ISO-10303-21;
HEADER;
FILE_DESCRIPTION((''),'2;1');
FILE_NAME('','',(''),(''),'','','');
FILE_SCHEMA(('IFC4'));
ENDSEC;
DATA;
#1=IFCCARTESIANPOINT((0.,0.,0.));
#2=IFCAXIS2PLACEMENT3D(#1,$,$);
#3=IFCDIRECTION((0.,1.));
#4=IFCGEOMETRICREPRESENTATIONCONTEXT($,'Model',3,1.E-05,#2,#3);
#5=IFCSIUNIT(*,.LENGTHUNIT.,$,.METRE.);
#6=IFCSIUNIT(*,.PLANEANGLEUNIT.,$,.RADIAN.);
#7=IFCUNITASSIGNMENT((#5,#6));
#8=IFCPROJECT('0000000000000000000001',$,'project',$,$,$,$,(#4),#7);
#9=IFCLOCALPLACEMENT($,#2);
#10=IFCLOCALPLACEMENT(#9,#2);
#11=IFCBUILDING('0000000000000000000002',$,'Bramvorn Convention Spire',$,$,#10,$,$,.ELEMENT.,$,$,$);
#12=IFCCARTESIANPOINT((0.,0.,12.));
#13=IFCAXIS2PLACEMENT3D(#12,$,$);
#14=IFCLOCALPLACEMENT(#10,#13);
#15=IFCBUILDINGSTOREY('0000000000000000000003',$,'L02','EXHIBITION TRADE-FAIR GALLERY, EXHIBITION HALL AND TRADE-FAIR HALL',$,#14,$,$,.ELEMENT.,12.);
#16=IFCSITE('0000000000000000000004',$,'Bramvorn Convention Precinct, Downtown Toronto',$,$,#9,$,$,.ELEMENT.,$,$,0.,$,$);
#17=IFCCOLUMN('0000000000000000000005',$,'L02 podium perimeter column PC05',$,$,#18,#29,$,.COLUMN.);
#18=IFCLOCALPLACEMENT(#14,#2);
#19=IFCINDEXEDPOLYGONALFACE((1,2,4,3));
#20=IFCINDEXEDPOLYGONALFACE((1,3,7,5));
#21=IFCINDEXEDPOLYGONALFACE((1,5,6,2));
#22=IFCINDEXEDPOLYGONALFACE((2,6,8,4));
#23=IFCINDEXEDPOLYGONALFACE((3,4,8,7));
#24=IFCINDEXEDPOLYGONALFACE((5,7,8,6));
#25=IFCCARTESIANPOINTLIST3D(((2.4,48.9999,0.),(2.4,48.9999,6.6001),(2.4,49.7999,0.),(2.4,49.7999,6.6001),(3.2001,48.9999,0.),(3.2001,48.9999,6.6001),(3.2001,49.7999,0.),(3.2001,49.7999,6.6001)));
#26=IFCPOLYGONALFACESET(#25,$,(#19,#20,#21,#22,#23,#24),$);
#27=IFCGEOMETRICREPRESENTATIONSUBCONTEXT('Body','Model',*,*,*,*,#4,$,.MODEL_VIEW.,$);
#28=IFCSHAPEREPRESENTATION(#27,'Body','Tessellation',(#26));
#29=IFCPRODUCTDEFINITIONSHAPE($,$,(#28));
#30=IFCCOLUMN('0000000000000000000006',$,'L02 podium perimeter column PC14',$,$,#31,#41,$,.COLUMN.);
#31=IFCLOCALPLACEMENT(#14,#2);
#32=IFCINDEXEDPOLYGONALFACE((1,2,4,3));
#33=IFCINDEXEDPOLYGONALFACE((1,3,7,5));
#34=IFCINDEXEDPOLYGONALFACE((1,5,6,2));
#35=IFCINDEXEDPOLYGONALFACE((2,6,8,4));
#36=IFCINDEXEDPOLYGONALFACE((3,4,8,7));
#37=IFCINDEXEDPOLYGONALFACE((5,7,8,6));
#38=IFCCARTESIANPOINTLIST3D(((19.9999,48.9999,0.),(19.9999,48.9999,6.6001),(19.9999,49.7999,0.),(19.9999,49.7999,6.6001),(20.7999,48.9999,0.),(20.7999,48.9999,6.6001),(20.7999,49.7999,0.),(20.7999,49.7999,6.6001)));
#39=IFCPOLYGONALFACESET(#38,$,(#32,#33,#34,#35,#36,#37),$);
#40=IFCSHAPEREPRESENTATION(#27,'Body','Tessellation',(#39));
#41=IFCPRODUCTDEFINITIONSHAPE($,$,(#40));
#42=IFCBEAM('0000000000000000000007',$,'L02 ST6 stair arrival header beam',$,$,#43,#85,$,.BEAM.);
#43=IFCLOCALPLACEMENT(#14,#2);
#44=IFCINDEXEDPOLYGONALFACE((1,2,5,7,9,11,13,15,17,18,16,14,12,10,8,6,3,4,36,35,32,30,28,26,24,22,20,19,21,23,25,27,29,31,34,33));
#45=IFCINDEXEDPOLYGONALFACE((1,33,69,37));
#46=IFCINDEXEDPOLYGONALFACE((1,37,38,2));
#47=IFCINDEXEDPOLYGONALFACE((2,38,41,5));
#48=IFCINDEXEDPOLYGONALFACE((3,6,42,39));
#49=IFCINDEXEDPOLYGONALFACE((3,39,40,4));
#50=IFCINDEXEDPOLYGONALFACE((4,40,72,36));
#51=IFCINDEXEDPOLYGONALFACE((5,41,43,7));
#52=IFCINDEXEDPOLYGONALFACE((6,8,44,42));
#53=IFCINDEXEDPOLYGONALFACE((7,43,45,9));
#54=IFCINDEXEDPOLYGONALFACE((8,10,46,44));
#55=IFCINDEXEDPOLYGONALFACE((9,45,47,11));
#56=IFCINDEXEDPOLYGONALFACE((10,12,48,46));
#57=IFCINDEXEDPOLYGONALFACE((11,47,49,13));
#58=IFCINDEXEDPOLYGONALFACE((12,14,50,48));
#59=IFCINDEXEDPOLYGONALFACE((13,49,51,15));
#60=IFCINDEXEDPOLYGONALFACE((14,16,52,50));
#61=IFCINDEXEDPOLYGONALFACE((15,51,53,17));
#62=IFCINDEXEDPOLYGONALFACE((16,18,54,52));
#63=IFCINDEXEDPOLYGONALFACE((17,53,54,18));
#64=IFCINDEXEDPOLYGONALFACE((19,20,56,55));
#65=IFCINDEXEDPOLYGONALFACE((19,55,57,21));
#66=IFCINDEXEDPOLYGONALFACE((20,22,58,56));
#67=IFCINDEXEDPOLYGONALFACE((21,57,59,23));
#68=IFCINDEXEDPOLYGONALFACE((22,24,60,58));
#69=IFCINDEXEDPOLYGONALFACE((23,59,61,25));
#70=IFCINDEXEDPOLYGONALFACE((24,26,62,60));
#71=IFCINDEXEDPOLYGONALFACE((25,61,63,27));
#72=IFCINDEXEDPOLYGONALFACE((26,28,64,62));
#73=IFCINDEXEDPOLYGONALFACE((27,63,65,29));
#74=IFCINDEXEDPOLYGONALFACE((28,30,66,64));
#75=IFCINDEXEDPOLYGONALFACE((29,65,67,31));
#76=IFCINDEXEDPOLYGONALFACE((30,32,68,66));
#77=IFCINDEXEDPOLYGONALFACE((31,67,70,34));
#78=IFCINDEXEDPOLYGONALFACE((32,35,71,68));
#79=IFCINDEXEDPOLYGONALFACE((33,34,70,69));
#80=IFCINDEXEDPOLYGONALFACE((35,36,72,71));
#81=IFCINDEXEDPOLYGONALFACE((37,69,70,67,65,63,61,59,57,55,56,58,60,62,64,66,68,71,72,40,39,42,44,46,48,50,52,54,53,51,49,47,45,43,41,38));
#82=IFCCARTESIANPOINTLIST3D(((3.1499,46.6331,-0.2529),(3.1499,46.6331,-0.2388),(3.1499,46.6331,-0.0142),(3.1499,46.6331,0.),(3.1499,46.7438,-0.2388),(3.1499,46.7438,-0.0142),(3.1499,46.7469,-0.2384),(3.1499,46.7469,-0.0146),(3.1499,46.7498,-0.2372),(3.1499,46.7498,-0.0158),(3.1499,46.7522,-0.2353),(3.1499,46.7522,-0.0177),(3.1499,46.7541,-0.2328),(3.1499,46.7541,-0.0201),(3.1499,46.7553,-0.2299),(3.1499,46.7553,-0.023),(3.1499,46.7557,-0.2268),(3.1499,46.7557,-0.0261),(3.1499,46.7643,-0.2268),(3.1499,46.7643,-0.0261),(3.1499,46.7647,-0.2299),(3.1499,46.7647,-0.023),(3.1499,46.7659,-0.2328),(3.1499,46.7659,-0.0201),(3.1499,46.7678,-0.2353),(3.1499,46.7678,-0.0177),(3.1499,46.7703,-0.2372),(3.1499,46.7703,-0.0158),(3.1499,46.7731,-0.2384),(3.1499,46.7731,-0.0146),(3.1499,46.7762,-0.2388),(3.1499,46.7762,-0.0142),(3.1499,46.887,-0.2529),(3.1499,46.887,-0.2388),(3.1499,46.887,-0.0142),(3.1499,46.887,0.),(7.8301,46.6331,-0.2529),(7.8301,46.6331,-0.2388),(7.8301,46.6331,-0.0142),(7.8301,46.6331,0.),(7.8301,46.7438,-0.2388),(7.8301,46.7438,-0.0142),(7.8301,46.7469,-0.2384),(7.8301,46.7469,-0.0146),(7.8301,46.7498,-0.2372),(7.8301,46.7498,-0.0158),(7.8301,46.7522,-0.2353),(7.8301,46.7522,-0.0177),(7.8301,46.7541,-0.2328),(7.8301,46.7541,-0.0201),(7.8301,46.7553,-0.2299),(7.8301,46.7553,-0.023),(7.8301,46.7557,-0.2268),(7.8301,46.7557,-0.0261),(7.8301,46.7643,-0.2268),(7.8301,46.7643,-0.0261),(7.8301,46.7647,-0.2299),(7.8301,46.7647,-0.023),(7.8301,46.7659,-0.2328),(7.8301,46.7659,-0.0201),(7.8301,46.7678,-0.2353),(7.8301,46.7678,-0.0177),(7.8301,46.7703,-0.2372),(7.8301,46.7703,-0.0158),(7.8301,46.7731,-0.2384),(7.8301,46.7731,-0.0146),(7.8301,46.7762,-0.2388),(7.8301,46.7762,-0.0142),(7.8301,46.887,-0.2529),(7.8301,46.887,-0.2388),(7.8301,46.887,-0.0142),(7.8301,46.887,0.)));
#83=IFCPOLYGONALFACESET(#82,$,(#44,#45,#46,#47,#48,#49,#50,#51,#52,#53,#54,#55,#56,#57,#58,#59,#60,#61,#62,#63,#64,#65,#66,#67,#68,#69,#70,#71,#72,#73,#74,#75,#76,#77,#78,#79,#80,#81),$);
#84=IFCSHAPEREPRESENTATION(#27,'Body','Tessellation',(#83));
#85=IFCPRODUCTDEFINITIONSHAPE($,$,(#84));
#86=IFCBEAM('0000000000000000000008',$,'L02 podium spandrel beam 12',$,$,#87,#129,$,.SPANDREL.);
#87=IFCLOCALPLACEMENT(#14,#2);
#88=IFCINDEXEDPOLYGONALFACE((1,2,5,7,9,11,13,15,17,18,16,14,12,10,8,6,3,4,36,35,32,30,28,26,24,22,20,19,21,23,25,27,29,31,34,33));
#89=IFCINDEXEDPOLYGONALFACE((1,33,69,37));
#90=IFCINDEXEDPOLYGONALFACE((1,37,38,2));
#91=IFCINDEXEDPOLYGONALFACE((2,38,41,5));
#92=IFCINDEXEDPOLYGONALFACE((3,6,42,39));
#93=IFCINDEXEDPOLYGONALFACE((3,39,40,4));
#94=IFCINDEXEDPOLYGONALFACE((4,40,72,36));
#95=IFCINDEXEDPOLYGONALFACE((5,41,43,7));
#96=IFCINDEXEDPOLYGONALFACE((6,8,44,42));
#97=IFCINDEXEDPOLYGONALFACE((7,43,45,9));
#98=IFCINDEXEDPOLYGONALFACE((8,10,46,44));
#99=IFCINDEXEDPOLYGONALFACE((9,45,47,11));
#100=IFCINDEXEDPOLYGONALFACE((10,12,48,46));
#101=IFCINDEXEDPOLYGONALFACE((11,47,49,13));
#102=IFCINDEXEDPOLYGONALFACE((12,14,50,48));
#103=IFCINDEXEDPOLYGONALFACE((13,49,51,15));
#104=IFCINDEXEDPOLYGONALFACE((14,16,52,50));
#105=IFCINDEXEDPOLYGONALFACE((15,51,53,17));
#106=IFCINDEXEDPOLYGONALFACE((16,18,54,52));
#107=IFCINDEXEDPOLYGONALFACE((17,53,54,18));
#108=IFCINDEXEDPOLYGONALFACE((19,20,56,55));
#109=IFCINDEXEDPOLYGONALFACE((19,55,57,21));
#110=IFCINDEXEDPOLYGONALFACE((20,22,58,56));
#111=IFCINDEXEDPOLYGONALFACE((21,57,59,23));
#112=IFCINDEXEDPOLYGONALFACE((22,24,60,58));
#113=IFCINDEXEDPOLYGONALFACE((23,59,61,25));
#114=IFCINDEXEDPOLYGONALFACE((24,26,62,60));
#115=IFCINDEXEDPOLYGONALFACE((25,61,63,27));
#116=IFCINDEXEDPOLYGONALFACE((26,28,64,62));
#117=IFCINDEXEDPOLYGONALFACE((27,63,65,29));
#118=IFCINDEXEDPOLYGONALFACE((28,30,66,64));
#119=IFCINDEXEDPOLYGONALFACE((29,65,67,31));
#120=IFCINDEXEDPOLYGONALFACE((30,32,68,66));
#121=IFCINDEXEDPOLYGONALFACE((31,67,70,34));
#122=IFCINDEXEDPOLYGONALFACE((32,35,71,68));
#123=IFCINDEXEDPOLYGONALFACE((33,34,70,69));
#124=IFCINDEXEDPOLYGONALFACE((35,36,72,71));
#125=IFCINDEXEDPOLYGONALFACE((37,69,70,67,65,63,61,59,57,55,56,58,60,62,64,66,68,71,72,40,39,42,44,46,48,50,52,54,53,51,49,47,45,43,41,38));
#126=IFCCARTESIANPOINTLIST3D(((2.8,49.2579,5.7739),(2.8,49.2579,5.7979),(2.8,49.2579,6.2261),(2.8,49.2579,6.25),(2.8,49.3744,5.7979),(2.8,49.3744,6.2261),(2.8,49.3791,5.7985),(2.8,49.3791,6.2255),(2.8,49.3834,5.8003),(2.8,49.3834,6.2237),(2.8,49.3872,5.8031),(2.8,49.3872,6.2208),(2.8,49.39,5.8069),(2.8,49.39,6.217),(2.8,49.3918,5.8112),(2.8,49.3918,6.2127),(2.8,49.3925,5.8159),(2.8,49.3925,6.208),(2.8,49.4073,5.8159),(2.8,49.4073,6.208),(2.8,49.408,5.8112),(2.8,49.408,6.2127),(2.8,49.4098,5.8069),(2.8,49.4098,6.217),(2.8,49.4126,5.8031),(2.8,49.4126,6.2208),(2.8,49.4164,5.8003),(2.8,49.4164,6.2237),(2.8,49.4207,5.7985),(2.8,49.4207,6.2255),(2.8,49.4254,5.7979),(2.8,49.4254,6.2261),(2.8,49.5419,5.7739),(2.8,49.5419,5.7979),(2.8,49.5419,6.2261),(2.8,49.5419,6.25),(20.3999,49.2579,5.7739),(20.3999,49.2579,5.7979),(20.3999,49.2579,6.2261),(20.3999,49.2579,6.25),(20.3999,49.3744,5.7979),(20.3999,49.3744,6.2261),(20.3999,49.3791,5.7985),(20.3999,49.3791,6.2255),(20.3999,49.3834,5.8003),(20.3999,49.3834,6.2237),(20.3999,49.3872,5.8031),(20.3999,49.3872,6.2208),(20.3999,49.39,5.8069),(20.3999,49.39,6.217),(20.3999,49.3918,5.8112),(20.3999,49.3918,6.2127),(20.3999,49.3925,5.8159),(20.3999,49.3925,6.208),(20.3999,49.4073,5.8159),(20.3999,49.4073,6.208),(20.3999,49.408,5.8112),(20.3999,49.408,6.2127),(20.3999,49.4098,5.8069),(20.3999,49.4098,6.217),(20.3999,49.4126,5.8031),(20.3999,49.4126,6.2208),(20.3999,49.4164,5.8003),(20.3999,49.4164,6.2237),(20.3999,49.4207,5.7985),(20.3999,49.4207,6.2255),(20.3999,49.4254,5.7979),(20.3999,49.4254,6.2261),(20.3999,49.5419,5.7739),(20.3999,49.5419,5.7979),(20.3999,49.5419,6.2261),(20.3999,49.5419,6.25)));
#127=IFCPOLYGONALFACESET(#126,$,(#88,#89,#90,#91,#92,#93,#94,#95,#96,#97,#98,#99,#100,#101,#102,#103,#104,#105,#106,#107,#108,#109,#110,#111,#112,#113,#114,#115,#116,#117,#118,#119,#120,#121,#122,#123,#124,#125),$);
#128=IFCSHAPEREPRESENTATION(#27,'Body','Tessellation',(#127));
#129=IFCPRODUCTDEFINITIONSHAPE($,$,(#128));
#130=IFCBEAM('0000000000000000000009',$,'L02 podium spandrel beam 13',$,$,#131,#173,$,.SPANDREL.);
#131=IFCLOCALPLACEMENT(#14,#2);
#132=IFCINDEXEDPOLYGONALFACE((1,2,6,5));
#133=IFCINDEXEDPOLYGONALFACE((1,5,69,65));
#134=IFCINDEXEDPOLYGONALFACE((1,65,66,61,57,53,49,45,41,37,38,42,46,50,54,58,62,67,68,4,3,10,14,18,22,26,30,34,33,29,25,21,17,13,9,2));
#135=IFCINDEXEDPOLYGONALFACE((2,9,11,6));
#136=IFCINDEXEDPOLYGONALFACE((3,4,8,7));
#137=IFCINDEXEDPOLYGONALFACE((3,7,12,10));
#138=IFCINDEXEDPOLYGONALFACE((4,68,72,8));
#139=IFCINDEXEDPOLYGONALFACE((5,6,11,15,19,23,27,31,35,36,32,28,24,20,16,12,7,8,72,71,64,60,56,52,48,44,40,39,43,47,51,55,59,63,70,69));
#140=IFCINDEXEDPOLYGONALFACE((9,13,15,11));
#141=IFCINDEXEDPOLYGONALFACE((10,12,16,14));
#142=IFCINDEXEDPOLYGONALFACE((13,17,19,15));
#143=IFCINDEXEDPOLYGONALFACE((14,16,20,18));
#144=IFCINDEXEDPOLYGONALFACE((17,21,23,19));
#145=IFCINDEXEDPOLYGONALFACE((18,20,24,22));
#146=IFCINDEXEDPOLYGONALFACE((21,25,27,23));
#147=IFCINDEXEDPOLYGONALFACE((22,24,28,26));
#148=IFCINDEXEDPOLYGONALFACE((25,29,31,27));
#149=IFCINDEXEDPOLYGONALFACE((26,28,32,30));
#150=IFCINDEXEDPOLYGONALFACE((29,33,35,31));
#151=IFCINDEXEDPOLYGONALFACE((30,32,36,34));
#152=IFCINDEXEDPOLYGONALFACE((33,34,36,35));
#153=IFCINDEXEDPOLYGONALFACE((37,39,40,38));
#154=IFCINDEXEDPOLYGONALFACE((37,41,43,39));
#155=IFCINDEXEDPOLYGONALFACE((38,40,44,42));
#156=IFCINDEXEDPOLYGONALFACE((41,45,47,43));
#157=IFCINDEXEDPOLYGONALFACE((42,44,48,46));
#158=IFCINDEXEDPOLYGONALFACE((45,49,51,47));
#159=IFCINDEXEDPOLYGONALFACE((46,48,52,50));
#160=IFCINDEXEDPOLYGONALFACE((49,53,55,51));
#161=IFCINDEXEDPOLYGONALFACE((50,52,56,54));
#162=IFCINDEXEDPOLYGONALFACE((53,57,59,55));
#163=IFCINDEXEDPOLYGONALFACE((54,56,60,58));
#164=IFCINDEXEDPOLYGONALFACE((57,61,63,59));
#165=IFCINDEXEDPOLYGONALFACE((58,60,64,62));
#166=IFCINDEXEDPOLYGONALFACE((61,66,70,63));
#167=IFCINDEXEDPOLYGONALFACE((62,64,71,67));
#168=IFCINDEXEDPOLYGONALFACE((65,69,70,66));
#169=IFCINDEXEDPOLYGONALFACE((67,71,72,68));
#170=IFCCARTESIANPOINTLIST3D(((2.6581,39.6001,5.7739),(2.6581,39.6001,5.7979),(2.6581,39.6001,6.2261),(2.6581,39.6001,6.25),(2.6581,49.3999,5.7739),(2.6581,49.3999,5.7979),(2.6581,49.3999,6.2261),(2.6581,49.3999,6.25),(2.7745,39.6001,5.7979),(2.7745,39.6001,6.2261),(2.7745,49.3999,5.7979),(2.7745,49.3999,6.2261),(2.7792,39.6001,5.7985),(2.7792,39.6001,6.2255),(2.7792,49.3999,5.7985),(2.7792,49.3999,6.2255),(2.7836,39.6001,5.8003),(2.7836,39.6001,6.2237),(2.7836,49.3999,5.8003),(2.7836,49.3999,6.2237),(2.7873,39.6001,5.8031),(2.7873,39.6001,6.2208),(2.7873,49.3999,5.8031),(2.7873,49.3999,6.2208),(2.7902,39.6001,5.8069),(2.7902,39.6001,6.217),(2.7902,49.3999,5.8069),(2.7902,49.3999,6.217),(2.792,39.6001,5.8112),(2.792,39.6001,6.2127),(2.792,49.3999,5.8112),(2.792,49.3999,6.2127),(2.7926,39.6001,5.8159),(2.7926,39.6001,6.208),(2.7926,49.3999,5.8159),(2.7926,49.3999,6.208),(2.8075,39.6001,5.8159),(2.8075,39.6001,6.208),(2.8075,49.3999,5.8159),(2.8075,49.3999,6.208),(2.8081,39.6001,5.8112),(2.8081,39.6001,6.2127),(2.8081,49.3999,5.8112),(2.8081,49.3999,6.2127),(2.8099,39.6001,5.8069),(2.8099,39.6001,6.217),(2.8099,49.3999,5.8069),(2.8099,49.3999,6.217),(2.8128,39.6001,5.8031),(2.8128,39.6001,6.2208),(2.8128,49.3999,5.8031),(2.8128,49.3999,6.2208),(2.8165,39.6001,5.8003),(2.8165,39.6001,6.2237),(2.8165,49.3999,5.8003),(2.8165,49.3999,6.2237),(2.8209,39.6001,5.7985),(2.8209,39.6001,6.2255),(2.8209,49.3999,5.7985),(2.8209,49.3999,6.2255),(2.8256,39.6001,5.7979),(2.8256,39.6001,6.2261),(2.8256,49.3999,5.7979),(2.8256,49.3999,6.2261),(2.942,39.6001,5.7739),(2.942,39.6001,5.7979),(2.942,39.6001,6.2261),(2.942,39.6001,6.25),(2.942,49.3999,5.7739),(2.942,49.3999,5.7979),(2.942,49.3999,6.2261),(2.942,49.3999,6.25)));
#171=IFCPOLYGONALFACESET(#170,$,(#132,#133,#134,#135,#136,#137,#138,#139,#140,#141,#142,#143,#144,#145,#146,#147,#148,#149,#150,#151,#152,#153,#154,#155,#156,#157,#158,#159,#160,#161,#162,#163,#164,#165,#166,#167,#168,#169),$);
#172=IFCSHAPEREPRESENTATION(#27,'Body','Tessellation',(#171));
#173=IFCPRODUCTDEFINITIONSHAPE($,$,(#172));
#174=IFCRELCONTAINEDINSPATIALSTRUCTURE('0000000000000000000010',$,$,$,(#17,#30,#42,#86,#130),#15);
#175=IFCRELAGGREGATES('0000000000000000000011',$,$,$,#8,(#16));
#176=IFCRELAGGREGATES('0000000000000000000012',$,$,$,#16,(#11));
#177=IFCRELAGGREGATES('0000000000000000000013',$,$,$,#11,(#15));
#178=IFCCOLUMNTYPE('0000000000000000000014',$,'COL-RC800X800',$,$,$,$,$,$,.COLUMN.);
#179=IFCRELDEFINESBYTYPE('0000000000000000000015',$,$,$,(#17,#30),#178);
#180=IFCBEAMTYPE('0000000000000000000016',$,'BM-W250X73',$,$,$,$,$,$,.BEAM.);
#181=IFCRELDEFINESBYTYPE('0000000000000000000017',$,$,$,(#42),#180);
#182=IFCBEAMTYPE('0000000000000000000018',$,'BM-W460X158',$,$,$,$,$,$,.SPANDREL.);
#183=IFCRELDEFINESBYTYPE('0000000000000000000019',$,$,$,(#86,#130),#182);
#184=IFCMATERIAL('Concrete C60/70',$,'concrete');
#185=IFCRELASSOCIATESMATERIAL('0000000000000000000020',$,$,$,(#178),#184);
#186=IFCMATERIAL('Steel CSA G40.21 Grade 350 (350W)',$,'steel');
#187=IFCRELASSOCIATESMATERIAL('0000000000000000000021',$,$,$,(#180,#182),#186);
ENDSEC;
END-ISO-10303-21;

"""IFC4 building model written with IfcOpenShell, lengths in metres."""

from ifc_helpers import new_model, si_unit, direction, frame, origin, origin_2d, place, context, subcontext, project, spatial, rectangle, i_section, extrude, material, material_profile, profile_set, type_object, element, save


model = new_model("IFC4")

# Units and contexts
model_context = context("Model", 3, precision=1e-05, world=origin(), true_north=direction((0.0, 1.0)))
body_context = subcontext(model_context, "Body", "Model", "MODEL_VIEW")
ifc_project = project(units=[si_unit("LENGTHUNIT", "METRE"), si_unit("PLANEANGLEUNIT", "RADIAN")], contexts=[model_context])

# Site, building, storey
site_placement = place(None, origin())
site = spatial("IfcSite", under=ifc_project, at=site_placement, Name="Bramvorn Convention Precinct, Downtown Toronto", CompositionType="ELEMENT", RefElevation=0.0)
building_placement = place(site_placement, origin())
building = spatial("IfcBuilding", under=site, at=building_placement, Name="Bramvorn Convention Spire", CompositionType="ELEMENT")
storey_placement = place(building_placement, frame((0.0, 0.0, 12.0)))
storey = spatial("IfcBuildingStorey", under=building, at=storey_placement, Name="L02", Description="EXHIBITION TRADE-FAIR GALLERY, EXHIBITION HALL AND TRADE-FAIR HALL", CompositionType="ELEMENT", Elevation=12.0)

# Columns
ifc_material_1 = material(Name="Steel CSA G40.21 Grade 350 (350W)", Category="steel")
ifc_material_2 = material(Name="Concrete C60/70", Category="concrete")
ifc_material_profile_1 = material_profile(ifc_material_2, rectangle(XDim=0.8, YDim=0.8, at=origin_2d()))
ifc_profile_set_1 = profile_set([ifc_material_profile_1], Name="Concrete C60/70 - RC800X800")
column_type_1 = type_object("IfcColumnType", Name="COL-RC800X800", PredefinedType="COLUMN", material=ifc_profile_set_1)
for number, where, z_axis, x_axis, name in (
    (1, (2.8, 49.3999, 0.0), (0.0, 0.0, 1.0), (1.0, 0.0, 0.0), "L02 podium perimeter column PC05"),
    (2, (20.3999, 49.3999, 0.0), (0.0, 0.0, 1.0), (1.0, 0.0, 0.0), "L02 podium perimeter column PC14"),
):
    element("IfcColumn", number, at=place(storey_placement, frame(where, z_axis=z_axis, x_axis=x_axis)), inside=storey, type_object=column_type_1, Name=name, PredefinedType="COLUMN", context=body_context, shape_type="SweptSolid", body=[
        extrude(rectangle(XDim=0.8, YDim=0.8, at=origin_2d()), origin(), (0.0, 0.0, 1.0), 6.6001),
    ])

# Beams
ifc_material_profile_2 = material_profile(ifc_material_1, i_section(OverallWidth=0.2539, OverallDepth=0.2529, WebThickness=0.0085, FlangeThickness=0.0142, FilletRadius=0.012, at=origin_2d()))
ifc_profile_set_2 = profile_set([ifc_material_profile_2], Name="Steel CSA G40.21 Grade 350 (350W) - W250X73")
beam_type_1 = type_object("IfcBeamType", Name="BM-W250X73", PredefinedType="BEAM", material=ifc_profile_set_2)
beam_1_placement = place(storey_placement, frame((3.1499, 46.76, -0.1265), z_axis=(1.0, 0.0, 0.0), x_axis=(0.0, 1.0, 0.0)))
element("IfcBeam", 3, at=beam_1_placement, inside=storey, type_object=beam_type_1, Name="L02 ST6 stair arrival header beam", PredefinedType="BEAM", context=body_context, shape_type="SweptSolid", body=[
    extrude(i_section(OverallWidth=0.2539, OverallDepth=0.2529, WebThickness=0.0085, FlangeThickness=0.0142, FilletRadius=0.012, at=origin_2d()), origin(), (0.0, 0.0, 1.0), 4.6802),
])
ifc_material_profile_3 = material_profile(ifc_material_1, i_section(OverallWidth=0.2839, OverallDepth=0.4761, WebThickness=0.0149, FlangeThickness=0.0239, FilletRadius=0.0181, at=origin_2d()))
ifc_profile_set_3 = profile_set([ifc_material_profile_3], Name="Steel CSA G40.21 Grade 350 (350W) - W460X158")
beam_type_2 = type_object("IfcBeamType", Name="BM-W460X158", PredefinedType="SPANDREL", material=ifc_profile_set_3)
beam_2_placement = place(storey_placement, frame((20.3999, 49.3999, 6.012), z_axis=(-1.0, 0.0, 0.0), x_axis=(0.0, -1.0, 0.0)))
element("IfcBeam", 4, at=beam_2_placement, inside=storey, type_object=beam_type_2, Name="L02 podium spandrel beam 12", PredefinedType="SPANDREL", context=body_context, shape_type="SweptSolid", body=[
    extrude(i_section(OverallWidth=0.2839, OverallDepth=0.4761, WebThickness=0.0149, FlangeThickness=0.0239, FilletRadius=0.0181, at=origin_2d()), origin(), (0.0, 0.0, 1.0), 17.5999),
])
beam_3_placement = place(storey_placement, frame((2.8, 49.3999, 6.012), z_axis=(0.0, -1.0, 0.0), x_axis=(1.0, 0.0, 0.0)))
element("IfcBeam", 5, at=beam_3_placement, inside=storey, type_object=beam_type_2, Name="L02 podium spandrel beam 13", PredefinedType="SPANDREL", context=body_context, shape_type="SweptSolid", body=[
    extrude(i_section(OverallWidth=0.2839, OverallDepth=0.4761, WebThickness=0.0149, FlangeThickness=0.0239, FilletRadius=0.0181, at=origin_2d()), origin(), (0.0, 0.0, 1.0), 9.7998),
])

save(model, "model.ifc")
